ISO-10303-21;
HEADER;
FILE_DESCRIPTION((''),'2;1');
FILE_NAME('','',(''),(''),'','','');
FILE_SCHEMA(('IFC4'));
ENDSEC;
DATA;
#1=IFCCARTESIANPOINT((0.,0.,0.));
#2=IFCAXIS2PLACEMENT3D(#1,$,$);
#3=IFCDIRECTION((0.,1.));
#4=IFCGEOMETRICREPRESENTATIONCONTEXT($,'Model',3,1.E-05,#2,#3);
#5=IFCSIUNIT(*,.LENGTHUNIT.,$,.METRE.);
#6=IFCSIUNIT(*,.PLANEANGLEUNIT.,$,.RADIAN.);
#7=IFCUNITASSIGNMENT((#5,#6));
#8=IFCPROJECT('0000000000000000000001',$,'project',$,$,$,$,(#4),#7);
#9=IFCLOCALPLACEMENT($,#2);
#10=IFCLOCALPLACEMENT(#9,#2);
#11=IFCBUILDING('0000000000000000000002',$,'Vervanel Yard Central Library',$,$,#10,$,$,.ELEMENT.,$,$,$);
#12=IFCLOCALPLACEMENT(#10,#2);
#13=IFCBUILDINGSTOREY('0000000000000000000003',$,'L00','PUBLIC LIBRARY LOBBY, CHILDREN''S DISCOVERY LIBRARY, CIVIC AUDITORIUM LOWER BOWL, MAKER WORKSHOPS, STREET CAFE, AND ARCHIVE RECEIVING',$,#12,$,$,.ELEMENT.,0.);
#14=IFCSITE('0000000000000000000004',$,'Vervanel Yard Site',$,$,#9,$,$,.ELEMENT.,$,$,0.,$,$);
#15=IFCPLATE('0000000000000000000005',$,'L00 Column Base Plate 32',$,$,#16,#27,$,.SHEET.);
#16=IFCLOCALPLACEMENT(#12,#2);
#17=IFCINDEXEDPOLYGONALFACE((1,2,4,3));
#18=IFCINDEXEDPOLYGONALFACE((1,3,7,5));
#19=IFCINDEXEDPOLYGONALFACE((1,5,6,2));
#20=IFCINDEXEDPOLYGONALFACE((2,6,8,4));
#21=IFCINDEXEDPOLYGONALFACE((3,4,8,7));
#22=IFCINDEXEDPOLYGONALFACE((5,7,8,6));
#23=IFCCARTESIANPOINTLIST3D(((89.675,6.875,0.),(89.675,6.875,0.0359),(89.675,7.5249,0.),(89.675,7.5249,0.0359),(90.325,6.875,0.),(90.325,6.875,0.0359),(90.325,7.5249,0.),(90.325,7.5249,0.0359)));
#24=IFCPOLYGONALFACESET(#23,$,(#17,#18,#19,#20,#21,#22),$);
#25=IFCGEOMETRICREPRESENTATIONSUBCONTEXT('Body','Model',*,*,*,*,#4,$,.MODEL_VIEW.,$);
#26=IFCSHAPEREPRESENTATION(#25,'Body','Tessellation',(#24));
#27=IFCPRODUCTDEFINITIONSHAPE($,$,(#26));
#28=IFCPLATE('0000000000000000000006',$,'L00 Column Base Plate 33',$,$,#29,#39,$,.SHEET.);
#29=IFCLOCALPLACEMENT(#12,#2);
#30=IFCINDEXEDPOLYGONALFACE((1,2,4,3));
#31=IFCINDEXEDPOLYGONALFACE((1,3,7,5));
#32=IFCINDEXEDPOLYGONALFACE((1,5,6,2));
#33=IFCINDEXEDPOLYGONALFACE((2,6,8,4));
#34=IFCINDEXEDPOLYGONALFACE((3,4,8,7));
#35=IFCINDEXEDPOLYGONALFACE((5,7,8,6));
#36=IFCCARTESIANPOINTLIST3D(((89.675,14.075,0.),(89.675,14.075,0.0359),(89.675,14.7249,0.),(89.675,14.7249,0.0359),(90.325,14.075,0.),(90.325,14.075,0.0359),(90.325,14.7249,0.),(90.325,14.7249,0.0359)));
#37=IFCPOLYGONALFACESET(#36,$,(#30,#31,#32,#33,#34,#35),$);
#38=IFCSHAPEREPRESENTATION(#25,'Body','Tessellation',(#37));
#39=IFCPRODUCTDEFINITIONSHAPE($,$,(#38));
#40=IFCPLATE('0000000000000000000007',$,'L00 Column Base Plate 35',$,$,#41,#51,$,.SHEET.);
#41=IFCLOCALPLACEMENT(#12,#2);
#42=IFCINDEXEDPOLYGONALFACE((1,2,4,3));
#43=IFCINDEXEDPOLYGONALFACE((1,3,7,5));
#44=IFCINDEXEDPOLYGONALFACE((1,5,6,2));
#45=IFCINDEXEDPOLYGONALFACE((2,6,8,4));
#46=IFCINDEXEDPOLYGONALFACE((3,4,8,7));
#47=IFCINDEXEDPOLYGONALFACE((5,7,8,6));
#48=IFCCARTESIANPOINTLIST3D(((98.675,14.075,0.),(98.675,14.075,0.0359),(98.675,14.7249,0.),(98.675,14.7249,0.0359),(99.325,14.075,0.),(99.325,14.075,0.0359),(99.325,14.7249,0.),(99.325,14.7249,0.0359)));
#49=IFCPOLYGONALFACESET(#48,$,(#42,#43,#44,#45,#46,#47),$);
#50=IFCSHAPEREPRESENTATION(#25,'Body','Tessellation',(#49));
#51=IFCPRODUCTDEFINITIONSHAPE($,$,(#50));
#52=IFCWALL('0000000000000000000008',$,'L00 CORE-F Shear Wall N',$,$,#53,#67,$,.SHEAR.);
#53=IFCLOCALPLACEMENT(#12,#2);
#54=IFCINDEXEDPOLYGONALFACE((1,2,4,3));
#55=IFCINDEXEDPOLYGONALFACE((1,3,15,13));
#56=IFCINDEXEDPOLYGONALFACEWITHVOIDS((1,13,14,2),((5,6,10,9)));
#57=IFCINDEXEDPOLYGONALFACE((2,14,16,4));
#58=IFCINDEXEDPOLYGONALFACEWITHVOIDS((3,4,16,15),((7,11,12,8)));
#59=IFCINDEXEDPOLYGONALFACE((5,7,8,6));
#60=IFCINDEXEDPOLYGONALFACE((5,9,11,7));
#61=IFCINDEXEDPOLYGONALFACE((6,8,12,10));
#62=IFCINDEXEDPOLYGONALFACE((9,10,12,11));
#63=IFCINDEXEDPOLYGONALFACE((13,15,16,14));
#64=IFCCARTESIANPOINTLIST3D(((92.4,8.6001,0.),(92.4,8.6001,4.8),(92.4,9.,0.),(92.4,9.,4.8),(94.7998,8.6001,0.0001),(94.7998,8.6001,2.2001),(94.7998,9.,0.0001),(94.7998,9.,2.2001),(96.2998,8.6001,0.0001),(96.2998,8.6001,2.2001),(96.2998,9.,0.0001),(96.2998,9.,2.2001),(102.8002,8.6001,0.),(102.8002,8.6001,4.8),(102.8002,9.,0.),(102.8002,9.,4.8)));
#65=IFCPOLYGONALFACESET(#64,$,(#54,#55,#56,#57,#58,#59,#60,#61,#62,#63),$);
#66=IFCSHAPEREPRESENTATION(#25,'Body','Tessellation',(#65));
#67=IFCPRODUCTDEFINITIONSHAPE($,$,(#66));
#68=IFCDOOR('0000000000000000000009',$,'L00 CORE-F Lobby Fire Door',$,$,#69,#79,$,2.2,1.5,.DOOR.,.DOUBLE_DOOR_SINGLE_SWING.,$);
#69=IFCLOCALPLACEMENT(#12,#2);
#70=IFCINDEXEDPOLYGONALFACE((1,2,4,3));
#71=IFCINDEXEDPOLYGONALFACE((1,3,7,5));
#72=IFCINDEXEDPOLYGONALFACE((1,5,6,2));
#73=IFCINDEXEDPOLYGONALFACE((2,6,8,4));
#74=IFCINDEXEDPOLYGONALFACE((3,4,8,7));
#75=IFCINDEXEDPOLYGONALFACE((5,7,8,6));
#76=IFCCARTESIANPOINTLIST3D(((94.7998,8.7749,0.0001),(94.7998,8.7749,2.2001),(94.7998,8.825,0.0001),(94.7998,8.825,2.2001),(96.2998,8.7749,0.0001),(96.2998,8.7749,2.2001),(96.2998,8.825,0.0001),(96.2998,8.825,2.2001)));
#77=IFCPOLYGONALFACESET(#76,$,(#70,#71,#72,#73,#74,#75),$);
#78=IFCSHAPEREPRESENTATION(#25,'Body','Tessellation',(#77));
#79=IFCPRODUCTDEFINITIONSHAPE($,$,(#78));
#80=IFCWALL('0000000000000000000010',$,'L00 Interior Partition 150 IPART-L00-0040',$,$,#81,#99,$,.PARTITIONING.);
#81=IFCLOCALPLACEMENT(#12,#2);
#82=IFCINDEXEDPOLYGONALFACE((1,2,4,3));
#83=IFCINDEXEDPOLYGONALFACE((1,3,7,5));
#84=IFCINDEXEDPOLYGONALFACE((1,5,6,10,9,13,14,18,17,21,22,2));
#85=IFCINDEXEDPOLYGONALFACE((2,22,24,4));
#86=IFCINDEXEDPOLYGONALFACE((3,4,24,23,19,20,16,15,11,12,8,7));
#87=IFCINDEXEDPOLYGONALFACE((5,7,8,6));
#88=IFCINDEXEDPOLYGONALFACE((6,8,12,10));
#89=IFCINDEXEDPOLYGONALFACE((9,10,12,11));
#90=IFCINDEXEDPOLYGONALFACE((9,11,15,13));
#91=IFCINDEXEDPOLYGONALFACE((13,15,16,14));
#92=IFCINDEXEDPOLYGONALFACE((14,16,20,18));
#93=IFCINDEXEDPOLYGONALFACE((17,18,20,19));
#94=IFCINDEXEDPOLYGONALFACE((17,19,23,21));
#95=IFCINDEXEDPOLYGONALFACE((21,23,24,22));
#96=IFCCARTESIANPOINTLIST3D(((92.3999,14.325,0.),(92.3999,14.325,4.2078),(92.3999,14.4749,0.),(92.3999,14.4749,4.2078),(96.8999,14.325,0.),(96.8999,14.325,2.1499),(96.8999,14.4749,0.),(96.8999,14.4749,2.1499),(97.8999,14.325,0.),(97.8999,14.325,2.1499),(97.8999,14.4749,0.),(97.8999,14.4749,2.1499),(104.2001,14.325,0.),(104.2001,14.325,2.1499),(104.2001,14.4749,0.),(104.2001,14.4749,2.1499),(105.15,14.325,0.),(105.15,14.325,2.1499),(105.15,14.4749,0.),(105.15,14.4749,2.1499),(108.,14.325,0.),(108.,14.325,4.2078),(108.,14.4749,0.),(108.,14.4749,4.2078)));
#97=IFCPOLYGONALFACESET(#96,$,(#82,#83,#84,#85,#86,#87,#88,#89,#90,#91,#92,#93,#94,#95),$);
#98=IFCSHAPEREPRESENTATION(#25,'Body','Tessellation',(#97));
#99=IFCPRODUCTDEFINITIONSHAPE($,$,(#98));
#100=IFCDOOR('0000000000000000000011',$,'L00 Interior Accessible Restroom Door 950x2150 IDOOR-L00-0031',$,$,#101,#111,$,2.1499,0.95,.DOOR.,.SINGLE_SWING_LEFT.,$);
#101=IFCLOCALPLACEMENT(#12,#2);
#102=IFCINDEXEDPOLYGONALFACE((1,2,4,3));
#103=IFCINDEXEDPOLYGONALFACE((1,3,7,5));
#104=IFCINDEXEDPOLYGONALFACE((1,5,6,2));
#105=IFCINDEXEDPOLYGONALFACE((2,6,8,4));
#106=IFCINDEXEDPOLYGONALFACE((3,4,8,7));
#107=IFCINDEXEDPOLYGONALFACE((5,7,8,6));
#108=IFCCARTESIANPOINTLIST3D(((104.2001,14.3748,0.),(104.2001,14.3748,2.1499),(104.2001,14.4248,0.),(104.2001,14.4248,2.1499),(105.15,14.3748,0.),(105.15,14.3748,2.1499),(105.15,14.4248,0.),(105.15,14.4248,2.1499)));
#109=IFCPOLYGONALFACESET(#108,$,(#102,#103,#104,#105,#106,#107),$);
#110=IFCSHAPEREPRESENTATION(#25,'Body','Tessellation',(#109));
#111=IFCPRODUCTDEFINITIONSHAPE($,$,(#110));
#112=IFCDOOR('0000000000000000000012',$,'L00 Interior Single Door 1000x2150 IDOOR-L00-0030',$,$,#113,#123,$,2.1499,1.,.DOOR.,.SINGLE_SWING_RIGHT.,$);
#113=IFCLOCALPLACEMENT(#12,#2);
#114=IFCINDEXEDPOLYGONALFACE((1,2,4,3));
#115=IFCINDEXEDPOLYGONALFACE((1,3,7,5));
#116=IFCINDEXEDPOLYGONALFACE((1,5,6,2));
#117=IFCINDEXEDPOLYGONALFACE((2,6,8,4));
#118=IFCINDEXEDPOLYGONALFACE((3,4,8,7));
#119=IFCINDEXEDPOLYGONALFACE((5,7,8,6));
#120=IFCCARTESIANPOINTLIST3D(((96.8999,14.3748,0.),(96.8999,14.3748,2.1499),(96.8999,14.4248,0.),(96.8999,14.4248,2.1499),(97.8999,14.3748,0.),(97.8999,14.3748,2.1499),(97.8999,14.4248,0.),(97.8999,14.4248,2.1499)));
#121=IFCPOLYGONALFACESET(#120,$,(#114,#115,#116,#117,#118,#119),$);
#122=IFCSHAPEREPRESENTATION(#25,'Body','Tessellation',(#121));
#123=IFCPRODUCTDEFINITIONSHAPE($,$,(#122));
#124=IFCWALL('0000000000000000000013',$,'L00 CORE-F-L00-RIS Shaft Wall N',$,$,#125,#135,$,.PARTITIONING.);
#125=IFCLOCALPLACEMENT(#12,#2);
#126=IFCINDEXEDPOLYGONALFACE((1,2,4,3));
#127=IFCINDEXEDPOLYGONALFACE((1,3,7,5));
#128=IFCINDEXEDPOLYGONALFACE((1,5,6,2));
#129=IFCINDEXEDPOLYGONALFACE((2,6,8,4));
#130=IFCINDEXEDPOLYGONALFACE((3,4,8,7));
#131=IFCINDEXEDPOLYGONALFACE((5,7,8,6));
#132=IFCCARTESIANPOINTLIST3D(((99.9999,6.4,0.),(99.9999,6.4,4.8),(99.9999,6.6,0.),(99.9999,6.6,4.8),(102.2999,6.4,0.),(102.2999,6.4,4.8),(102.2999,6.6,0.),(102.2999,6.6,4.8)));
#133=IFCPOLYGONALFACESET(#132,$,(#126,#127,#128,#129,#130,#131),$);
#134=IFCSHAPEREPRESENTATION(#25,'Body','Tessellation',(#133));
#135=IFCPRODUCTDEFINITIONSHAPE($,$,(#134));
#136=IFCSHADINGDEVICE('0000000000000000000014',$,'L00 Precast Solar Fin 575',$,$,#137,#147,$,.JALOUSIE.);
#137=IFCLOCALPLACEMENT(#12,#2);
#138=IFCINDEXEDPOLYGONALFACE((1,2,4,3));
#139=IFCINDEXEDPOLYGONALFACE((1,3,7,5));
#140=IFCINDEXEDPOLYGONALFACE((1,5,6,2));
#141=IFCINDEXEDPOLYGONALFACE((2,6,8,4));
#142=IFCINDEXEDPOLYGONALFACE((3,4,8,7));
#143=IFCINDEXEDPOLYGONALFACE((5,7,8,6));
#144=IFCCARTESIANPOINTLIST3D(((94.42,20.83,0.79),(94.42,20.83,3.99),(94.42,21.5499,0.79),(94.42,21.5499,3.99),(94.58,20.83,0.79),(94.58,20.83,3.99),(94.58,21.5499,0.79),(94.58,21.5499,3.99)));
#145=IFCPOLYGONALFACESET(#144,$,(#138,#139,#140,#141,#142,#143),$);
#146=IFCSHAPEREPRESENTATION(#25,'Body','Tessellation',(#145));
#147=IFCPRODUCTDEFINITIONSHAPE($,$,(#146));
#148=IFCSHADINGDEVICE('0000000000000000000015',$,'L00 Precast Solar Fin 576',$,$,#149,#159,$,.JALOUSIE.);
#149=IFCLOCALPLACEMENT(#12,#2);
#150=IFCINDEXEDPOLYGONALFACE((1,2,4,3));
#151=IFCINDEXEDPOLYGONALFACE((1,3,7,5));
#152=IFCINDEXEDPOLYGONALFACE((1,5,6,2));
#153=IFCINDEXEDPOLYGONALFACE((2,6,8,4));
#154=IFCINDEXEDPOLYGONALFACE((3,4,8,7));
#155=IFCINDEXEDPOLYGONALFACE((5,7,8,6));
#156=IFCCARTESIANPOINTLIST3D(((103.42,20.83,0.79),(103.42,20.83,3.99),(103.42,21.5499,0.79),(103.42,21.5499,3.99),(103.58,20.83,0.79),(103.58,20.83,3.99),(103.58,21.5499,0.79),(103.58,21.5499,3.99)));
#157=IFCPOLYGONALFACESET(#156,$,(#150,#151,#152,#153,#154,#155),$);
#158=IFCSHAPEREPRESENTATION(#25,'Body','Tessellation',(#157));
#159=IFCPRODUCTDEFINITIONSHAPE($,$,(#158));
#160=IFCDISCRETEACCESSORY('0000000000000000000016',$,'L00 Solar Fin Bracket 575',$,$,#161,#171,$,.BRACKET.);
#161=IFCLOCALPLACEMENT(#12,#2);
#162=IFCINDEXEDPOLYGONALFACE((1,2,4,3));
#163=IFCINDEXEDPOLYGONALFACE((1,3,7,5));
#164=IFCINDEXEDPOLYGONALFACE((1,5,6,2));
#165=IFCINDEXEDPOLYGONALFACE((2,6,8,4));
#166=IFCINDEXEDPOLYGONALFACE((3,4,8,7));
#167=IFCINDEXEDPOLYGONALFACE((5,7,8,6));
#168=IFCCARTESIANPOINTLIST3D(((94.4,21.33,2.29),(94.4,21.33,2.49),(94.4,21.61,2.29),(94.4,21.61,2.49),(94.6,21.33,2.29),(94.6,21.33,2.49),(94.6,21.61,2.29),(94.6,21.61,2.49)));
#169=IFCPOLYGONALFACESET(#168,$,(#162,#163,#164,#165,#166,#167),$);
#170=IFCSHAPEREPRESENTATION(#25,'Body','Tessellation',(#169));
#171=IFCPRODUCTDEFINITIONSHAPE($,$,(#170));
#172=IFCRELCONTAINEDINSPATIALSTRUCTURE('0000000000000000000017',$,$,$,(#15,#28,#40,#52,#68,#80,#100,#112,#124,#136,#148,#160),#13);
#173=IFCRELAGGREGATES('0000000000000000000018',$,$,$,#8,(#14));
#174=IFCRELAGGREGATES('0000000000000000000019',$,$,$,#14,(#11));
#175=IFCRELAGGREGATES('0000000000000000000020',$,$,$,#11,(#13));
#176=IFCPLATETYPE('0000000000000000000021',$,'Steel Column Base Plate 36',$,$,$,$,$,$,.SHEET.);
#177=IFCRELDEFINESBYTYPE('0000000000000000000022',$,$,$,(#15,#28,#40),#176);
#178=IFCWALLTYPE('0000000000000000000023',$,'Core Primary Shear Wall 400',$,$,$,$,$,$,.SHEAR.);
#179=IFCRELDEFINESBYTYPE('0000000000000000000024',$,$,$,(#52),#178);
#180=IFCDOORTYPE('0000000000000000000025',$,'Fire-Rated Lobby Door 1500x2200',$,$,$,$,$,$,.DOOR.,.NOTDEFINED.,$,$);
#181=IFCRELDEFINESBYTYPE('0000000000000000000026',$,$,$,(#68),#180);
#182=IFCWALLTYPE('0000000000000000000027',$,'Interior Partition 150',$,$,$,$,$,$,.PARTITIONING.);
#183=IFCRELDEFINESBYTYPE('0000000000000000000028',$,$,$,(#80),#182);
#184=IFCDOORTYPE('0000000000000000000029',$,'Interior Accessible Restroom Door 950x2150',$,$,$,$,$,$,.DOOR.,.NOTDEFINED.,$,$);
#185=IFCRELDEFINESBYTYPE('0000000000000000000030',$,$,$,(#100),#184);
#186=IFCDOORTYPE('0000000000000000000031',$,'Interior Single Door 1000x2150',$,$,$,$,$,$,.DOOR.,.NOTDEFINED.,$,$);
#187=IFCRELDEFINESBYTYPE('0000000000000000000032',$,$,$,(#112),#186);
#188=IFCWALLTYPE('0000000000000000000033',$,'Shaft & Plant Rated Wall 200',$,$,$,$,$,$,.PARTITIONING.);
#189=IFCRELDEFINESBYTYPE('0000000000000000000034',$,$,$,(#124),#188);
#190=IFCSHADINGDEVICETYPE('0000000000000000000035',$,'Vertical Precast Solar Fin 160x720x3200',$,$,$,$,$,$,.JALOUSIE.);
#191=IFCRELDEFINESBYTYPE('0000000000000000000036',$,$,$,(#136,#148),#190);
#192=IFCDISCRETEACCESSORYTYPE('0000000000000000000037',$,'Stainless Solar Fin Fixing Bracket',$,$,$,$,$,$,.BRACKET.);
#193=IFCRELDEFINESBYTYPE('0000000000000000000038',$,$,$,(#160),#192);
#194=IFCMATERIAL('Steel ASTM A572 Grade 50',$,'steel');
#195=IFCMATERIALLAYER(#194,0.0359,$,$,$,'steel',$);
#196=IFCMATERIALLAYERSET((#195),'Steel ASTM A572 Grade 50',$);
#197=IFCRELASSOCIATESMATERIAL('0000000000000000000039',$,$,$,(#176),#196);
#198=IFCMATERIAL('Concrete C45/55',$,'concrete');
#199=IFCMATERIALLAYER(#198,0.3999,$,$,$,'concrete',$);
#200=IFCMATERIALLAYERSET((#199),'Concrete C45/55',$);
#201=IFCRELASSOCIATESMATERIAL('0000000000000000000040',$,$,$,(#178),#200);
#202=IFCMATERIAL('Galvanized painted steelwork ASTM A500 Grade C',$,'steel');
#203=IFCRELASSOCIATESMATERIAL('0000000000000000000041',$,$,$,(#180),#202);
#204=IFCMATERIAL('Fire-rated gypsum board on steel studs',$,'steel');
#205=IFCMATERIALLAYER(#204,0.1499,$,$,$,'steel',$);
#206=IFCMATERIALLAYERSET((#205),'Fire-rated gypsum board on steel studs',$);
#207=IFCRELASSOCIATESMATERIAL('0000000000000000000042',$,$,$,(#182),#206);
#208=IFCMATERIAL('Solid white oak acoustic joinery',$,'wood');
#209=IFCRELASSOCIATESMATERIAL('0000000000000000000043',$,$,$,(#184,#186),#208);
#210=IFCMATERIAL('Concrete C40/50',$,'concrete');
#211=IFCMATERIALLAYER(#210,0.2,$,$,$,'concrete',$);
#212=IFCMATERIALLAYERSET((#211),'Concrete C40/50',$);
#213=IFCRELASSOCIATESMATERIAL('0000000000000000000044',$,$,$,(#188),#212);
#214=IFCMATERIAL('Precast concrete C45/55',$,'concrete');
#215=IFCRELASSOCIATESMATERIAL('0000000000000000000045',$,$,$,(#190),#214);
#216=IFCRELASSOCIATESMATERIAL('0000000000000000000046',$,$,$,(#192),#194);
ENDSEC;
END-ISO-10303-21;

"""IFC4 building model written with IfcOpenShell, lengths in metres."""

from ifc_helpers import new_model, si_unit, direction, frame, frame_2d, origin, origin_2d, place, context, subcontext, project, spatial, rectangle, extrude, material, layer, layer_set, type_object, element, fill, save


model = new_model("IFC4")

# Units and contexts
model_context = context("Model", 3, precision=1e-05, world=origin(), true_north=direction((0.0, 1.0)))
body_context = subcontext(model_context, "Body", "Model", "MODEL_VIEW")
ifc_project = project(units=[si_unit("LENGTHUNIT", "METRE"), si_unit("PLANEANGLEUNIT", "RADIAN")], contexts=[model_context])

# Site, building, storey
site_placement = place(None, origin())
site = spatial("IfcSite", under=ifc_project, at=site_placement, Name="Vervanel Yard Site", CompositionType="ELEMENT", RefElevation=0.0)
building_placement = place(site_placement, origin())
building = spatial("IfcBuilding", under=site, at=building_placement, Name="Vervanel Yard Central Library", CompositionType="ELEMENT")
storey_placement = place(building_placement, origin())
storey = spatial("IfcBuildingStorey", under=building, at=storey_placement, Name="L00", Description="PUBLIC LIBRARY LOBBY, CHILDREN'S DISCOVERY LIBRARY, CIVIC AUDITORIUM LOWER BOWL, MAKER WORKSHOPS, STREET CAFE, AND ARCHIVE RECEIVING", CompositionType="ELEMENT", Elevation=0.0)

# Shared definitions
ifc_material_1 = material(Name="Concrete C40/50", Category="concrete")

# Plates
ifc_material_2 = material(Name="Steel ASTM A572 Grade 50", Category="steel")
ifc_layer_1 = layer(ifc_material_2, 0.0359, Category="steel")
ifc_layer_set_1 = layer_set([ifc_layer_1], Name="Steel ASTM A572 Grade 50")
plate_type = type_object("IfcPlateType", Name="Steel Column Base Plate 36", PredefinedType="SHEET", material=ifc_layer_set_1)
for number, where, z_axis, x_axis, name in (
    (1, (90.0, 7.2, 0.0), (0.0, 0.0, 1.0), (1.0, 0.0, 0.0), "L00 Column Base Plate 32"),
    (2, (90.0, 14.3999, 0.0), (0.0, 0.0, 1.0), (1.0, 0.0, 0.0), "L00 Column Base Plate 33"),
    (3, (99.0, 14.3999, 0.0), (0.0, 0.0, 1.0), (1.0, 0.0, 0.0), "L00 Column Base Plate 35"),
):
    element("IfcPlate", number, at=place(storey_placement, frame(where, z_axis=z_axis, x_axis=x_axis)), inside=storey, type_object=plate_type, Name=name, PredefinedType="SHEET", context=body_context, shape_type="SweptSolid", body=[
        extrude(rectangle(XDim=0.6499, YDim=0.6499, at=origin_2d()), origin(), (0.0, 0.0, 1.0), 0.0359),
    ])

# Wall, opening, door
ifc_material_3 = material(Name="Concrete C45/55", Category="concrete")
ifc_layer_2 = layer(ifc_material_3, 0.3999, Category="concrete")
ifc_layer_set_2 = layer_set([ifc_layer_2], Name="Concrete C45/55")
wall_type_1 = type_object("IfcWallType", Name="Core Primary Shear Wall 400", PredefinedType="SHEAR", material=ifc_layer_set_2)
wall_1_placement = place(storey_placement, frame((92.3999, 8.8, 0.0), z_axis=(0.0, 0.0, 1.0), x_axis=(1.0, 0.0, 0.0)))
wall_1 = element("IfcWall", 4, at=wall_1_placement, inside=storey, type_object=wall_type_1, Name="L00 CORE-F Shear Wall N", PredefinedType="SHEAR", context=body_context, shape_type="SweptSolid", body=[
    extrude(rectangle(XDim=10.4001, YDim=0.3999, at=frame_2d((5.2002, 0.0))), origin(), (0.0, 0.0, 1.0), 4.8),
])
opening_1_placement = place(wall_1_placement, frame((2.3999, 0.0, 0.0)))
opening_1 = element("IfcOpeningElement", 5, at=opening_1_placement, cuts=wall_1, PredefinedType="OPENING", context=body_context, shape_type="SweptSolid", body=[
    extrude(rectangle(XDim=1.5, YDim=2.2, at=frame_2d((0.75, 1.1001))), frame((0.0, 0.21, 0.0), z_axis=(0.0, -1.0, 0.0), x_axis=(1.0, 0.0, 0.0)), (0.0, 0.0, 1.0), 0.4199),
])
ifc_material_4 = material(Name="Galvanized painted steelwork ASTM A500 Grade C", Category="steel")
door_type_1 = type_object("IfcDoorType", Name="Fire-Rated Lobby Door 1500x2200", OperationType="NOTDEFINED", PredefinedType="DOOR", material=ifc_material_4)
door_1_placement = place(opening_1_placement, origin())
door_1 = element("IfcDoor", 6, at=door_1_placement, inside=storey, type_object=door_type_1, Name="L00 CORE-F Lobby Fire Door", OperationType="DOUBLE_DOOR_SINGLE_SWING", OverallHeight=2.2, OverallWidth=1.5, PredefinedType="DOOR", context=body_context, shape_type="SweptSolid", body=[
    extrude(rectangle(XDim=1.5, YDim=2.2, at=frame_2d((0.75, 1.1001))), frame((0.0, 0.0249, 0.0), z_axis=(0.0, -1.0, 0.0), x_axis=(1.0, 0.0, 0.0)), (0.0, 0.0, 1.0), 0.05),
])
fill(opening_1, door_1)

# Wall, openings, doors
ifc_material_5 = material(Name="Fire-rated gypsum board on steel studs", Category="steel")
ifc_layer_3 = layer(ifc_material_5, 0.1499, Category="steel")
ifc_layer_set_3 = layer_set([ifc_layer_3], Name="Fire-rated gypsum board on steel studs")
wall_type_2 = type_object("IfcWallType", Name="Interior Partition 150", PredefinedType="PARTITIONING", material=ifc_layer_set_3)
wall_2_placement = place(storey_placement, frame((92.3999, 14.3999, 0.0), z_axis=(0.0, 0.0, 1.0), x_axis=(1.0, 0.0, 0.0)))
wall_2 = element("IfcWall", 7, at=wall_2_placement, inside=storey, type_object=wall_type_2, Name="L00 Interior Partition 150 IPART-L00-0040", PredefinedType="PARTITIONING", context=body_context, shape_type="SweptSolid", body=[
    extrude(rectangle(XDim=15.6001, YDim=0.1499, at=frame_2d((7.8, 0.0))), origin(), (0.0, 0.0, 1.0), 4.2078),
])
opening_2_placement = place(wall_2_placement, frame((4.5, 0.0, 0.0)))
opening_2 = element("IfcOpeningElement", 8, at=opening_2_placement, cuts=wall_2, PredefinedType="OPENING", context=body_context, shape_type="SweptSolid", body=[
    extrude(rectangle(XDim=1.0, YDim=2.1499, at=frame_2d((0.5, 1.075))), frame((0.0, 0.085, 0.0), z_axis=(0.0, -1.0, 0.0), x_axis=(1.0, 0.0, 0.0)), (0.0, 0.0, 1.0), 0.1699),
])
opening_3_placement = place(wall_2_placement, frame((11.8, 0.0, 0.0)))
opening_3 = element("IfcOpeningElement", 9, at=opening_3_placement, cuts=wall_2, PredefinedType="OPENING", context=body_context, shape_type="SweptSolid", body=[
    extrude(rectangle(XDim=0.95, YDim=2.1499, at=frame_2d((0.4751, 1.075))), frame((0.0, 0.085, 0.0), z_axis=(0.0, -1.0, 0.0), x_axis=(1.0, 0.0, 0.0)), (0.0, 0.0, 1.0), 0.1699),
])
ifc_material_6 = material(Name="Solid white oak acoustic joinery", Category="wood")
door_type_2 = type_object("IfcDoorType", Name="Interior Accessible Restroom Door 950x2150", OperationType="NOTDEFINED", PredefinedType="DOOR", material=ifc_material_6)
door_2_placement = place(opening_3_placement, origin())
door_2 = element("IfcDoor", 10, at=door_2_placement, inside=storey, type_object=door_type_2, Name="L00 Interior Accessible Restroom Door 950x2150 IDOOR-L00-0031", OperationType="SINGLE_SWING_LEFT", OverallHeight=2.1499, OverallWidth=0.95, PredefinedType="DOOR", context=body_context, shape_type="SweptSolid", body=[
    extrude(rectangle(XDim=0.95, YDim=2.1499, at=frame_2d((0.4751, 1.075))), frame((0.0, 0.0249, 0.0), z_axis=(0.0, -1.0, 0.0), x_axis=(1.0, 0.0, 0.0)), (0.0, 0.0, 1.0), 0.05),
])
fill(opening_3, door_2)
door_type_3 = type_object("IfcDoorType", Name="Interior Single Door 1000x2150", OperationType="NOTDEFINED", PredefinedType="DOOR", material=ifc_material_6)
door_3_placement = place(opening_2_placement, origin())
door_3 = element("IfcDoor", 11, at=door_3_placement, inside=storey, type_object=door_type_3, Name="L00 Interior Single Door 1000x2150 IDOOR-L00-0030", OperationType="SINGLE_SWING_RIGHT", OverallHeight=2.1499, OverallWidth=1.0, PredefinedType="DOOR", context=body_context, shape_type="SweptSolid", body=[
    extrude(rectangle(XDim=1.0, YDim=2.1499, at=frame_2d((0.5, 1.075))), frame((0.0, 0.0249, 0.0), z_axis=(0.0, -1.0, 0.0), x_axis=(1.0, 0.0, 0.0)), (0.0, 0.0, 1.0), 0.05),
])
fill(opening_2, door_3)

# Wall
ifc_layer_4 = layer(ifc_material_1, 0.2, Category="concrete")
ifc_layer_set_4 = layer_set([ifc_layer_4], Name="Concrete C40/50")
wall_type_3 = type_object("IfcWallType", Name="Shaft & Plant Rated Wall 200", PredefinedType="PARTITIONING", material=ifc_layer_set_4)
wall_3_placement = place(storey_placement, frame((100.0, 6.5, 0.0), z_axis=(0.0, 0.0, 1.0), x_axis=(1.0, 0.0, 0.0)))
element("IfcWall", 12, at=wall_3_placement, inside=storey, type_object=wall_type_3, Name="L00 CORE-F-L00-RIS Shaft Wall N", PredefinedType="PARTITIONING", context=body_context, shape_type="SweptSolid", body=[
    extrude(rectangle(XDim=2.3, YDim=0.2, at=frame_2d((1.1499, 0.0))), origin(), (0.0, 0.0, 1.0), 4.8),
])

# Shading devices
ifc_material_7 = material(Name="Precast concrete C45/55", Category="concrete")
shading_device_type = type_object("IfcShadingDeviceType", Name="Vertical Precast Solar Fin 160x720x3200", PredefinedType="JALOUSIE", material=ifc_material_7)
for number, where, z_axis, x_axis, name in (
    (13, (94.5, 21.1899, 0.79), (0.0, 0.0, 1.0), (1.0, 0.0, 0.0), "L00 Precast Solar Fin 575"),
    (14, (103.5, 21.1899, 0.79), (0.0, 0.0, 1.0), (1.0, 0.0, 0.0), "L00 Precast Solar Fin 576"),
):
    element("IfcShadingDevice", number, at=place(storey_placement, frame(where, z_axis=z_axis, x_axis=x_axis)), inside=storey, type_object=shading_device_type, Name=name, PredefinedType="JALOUSIE", context=body_context, shape_type="SweptSolid", body=[
        extrude(rectangle(XDim=0.1599, YDim=0.72, at=origin_2d()), origin(), (0.0, 0.0, 1.0), 3.2),
    ])

# Discrete accessory
discrete_accessory_type = type_object("IfcDiscreteAccessoryType", Name="Stainless Solar Fin Fixing Bracket", PredefinedType="BRACKET", material=ifc_material_2)
for number, where, z_axis, x_axis, name in (
    (15, (94.5, 21.47, 2.29), (0.0, 0.0, 1.0), (1.0, 0.0, 0.0), "L00 Solar Fin Bracket 575"),
):
    element("IfcDiscreteAccessory", number, at=place(storey_placement, frame(where, z_axis=z_axis, x_axis=x_axis)), inside=storey, type_object=discrete_accessory_type, Name=name, PredefinedType="BRACKET", context=body_context, shape_type="SweptSolid", body=[
        extrude(rectangle(XDim=0.2, YDim=0.28, at=origin_2d()), origin(), (0.0, 0.0, 1.0), 0.2),
    ])

save(model, "model.ifc")
